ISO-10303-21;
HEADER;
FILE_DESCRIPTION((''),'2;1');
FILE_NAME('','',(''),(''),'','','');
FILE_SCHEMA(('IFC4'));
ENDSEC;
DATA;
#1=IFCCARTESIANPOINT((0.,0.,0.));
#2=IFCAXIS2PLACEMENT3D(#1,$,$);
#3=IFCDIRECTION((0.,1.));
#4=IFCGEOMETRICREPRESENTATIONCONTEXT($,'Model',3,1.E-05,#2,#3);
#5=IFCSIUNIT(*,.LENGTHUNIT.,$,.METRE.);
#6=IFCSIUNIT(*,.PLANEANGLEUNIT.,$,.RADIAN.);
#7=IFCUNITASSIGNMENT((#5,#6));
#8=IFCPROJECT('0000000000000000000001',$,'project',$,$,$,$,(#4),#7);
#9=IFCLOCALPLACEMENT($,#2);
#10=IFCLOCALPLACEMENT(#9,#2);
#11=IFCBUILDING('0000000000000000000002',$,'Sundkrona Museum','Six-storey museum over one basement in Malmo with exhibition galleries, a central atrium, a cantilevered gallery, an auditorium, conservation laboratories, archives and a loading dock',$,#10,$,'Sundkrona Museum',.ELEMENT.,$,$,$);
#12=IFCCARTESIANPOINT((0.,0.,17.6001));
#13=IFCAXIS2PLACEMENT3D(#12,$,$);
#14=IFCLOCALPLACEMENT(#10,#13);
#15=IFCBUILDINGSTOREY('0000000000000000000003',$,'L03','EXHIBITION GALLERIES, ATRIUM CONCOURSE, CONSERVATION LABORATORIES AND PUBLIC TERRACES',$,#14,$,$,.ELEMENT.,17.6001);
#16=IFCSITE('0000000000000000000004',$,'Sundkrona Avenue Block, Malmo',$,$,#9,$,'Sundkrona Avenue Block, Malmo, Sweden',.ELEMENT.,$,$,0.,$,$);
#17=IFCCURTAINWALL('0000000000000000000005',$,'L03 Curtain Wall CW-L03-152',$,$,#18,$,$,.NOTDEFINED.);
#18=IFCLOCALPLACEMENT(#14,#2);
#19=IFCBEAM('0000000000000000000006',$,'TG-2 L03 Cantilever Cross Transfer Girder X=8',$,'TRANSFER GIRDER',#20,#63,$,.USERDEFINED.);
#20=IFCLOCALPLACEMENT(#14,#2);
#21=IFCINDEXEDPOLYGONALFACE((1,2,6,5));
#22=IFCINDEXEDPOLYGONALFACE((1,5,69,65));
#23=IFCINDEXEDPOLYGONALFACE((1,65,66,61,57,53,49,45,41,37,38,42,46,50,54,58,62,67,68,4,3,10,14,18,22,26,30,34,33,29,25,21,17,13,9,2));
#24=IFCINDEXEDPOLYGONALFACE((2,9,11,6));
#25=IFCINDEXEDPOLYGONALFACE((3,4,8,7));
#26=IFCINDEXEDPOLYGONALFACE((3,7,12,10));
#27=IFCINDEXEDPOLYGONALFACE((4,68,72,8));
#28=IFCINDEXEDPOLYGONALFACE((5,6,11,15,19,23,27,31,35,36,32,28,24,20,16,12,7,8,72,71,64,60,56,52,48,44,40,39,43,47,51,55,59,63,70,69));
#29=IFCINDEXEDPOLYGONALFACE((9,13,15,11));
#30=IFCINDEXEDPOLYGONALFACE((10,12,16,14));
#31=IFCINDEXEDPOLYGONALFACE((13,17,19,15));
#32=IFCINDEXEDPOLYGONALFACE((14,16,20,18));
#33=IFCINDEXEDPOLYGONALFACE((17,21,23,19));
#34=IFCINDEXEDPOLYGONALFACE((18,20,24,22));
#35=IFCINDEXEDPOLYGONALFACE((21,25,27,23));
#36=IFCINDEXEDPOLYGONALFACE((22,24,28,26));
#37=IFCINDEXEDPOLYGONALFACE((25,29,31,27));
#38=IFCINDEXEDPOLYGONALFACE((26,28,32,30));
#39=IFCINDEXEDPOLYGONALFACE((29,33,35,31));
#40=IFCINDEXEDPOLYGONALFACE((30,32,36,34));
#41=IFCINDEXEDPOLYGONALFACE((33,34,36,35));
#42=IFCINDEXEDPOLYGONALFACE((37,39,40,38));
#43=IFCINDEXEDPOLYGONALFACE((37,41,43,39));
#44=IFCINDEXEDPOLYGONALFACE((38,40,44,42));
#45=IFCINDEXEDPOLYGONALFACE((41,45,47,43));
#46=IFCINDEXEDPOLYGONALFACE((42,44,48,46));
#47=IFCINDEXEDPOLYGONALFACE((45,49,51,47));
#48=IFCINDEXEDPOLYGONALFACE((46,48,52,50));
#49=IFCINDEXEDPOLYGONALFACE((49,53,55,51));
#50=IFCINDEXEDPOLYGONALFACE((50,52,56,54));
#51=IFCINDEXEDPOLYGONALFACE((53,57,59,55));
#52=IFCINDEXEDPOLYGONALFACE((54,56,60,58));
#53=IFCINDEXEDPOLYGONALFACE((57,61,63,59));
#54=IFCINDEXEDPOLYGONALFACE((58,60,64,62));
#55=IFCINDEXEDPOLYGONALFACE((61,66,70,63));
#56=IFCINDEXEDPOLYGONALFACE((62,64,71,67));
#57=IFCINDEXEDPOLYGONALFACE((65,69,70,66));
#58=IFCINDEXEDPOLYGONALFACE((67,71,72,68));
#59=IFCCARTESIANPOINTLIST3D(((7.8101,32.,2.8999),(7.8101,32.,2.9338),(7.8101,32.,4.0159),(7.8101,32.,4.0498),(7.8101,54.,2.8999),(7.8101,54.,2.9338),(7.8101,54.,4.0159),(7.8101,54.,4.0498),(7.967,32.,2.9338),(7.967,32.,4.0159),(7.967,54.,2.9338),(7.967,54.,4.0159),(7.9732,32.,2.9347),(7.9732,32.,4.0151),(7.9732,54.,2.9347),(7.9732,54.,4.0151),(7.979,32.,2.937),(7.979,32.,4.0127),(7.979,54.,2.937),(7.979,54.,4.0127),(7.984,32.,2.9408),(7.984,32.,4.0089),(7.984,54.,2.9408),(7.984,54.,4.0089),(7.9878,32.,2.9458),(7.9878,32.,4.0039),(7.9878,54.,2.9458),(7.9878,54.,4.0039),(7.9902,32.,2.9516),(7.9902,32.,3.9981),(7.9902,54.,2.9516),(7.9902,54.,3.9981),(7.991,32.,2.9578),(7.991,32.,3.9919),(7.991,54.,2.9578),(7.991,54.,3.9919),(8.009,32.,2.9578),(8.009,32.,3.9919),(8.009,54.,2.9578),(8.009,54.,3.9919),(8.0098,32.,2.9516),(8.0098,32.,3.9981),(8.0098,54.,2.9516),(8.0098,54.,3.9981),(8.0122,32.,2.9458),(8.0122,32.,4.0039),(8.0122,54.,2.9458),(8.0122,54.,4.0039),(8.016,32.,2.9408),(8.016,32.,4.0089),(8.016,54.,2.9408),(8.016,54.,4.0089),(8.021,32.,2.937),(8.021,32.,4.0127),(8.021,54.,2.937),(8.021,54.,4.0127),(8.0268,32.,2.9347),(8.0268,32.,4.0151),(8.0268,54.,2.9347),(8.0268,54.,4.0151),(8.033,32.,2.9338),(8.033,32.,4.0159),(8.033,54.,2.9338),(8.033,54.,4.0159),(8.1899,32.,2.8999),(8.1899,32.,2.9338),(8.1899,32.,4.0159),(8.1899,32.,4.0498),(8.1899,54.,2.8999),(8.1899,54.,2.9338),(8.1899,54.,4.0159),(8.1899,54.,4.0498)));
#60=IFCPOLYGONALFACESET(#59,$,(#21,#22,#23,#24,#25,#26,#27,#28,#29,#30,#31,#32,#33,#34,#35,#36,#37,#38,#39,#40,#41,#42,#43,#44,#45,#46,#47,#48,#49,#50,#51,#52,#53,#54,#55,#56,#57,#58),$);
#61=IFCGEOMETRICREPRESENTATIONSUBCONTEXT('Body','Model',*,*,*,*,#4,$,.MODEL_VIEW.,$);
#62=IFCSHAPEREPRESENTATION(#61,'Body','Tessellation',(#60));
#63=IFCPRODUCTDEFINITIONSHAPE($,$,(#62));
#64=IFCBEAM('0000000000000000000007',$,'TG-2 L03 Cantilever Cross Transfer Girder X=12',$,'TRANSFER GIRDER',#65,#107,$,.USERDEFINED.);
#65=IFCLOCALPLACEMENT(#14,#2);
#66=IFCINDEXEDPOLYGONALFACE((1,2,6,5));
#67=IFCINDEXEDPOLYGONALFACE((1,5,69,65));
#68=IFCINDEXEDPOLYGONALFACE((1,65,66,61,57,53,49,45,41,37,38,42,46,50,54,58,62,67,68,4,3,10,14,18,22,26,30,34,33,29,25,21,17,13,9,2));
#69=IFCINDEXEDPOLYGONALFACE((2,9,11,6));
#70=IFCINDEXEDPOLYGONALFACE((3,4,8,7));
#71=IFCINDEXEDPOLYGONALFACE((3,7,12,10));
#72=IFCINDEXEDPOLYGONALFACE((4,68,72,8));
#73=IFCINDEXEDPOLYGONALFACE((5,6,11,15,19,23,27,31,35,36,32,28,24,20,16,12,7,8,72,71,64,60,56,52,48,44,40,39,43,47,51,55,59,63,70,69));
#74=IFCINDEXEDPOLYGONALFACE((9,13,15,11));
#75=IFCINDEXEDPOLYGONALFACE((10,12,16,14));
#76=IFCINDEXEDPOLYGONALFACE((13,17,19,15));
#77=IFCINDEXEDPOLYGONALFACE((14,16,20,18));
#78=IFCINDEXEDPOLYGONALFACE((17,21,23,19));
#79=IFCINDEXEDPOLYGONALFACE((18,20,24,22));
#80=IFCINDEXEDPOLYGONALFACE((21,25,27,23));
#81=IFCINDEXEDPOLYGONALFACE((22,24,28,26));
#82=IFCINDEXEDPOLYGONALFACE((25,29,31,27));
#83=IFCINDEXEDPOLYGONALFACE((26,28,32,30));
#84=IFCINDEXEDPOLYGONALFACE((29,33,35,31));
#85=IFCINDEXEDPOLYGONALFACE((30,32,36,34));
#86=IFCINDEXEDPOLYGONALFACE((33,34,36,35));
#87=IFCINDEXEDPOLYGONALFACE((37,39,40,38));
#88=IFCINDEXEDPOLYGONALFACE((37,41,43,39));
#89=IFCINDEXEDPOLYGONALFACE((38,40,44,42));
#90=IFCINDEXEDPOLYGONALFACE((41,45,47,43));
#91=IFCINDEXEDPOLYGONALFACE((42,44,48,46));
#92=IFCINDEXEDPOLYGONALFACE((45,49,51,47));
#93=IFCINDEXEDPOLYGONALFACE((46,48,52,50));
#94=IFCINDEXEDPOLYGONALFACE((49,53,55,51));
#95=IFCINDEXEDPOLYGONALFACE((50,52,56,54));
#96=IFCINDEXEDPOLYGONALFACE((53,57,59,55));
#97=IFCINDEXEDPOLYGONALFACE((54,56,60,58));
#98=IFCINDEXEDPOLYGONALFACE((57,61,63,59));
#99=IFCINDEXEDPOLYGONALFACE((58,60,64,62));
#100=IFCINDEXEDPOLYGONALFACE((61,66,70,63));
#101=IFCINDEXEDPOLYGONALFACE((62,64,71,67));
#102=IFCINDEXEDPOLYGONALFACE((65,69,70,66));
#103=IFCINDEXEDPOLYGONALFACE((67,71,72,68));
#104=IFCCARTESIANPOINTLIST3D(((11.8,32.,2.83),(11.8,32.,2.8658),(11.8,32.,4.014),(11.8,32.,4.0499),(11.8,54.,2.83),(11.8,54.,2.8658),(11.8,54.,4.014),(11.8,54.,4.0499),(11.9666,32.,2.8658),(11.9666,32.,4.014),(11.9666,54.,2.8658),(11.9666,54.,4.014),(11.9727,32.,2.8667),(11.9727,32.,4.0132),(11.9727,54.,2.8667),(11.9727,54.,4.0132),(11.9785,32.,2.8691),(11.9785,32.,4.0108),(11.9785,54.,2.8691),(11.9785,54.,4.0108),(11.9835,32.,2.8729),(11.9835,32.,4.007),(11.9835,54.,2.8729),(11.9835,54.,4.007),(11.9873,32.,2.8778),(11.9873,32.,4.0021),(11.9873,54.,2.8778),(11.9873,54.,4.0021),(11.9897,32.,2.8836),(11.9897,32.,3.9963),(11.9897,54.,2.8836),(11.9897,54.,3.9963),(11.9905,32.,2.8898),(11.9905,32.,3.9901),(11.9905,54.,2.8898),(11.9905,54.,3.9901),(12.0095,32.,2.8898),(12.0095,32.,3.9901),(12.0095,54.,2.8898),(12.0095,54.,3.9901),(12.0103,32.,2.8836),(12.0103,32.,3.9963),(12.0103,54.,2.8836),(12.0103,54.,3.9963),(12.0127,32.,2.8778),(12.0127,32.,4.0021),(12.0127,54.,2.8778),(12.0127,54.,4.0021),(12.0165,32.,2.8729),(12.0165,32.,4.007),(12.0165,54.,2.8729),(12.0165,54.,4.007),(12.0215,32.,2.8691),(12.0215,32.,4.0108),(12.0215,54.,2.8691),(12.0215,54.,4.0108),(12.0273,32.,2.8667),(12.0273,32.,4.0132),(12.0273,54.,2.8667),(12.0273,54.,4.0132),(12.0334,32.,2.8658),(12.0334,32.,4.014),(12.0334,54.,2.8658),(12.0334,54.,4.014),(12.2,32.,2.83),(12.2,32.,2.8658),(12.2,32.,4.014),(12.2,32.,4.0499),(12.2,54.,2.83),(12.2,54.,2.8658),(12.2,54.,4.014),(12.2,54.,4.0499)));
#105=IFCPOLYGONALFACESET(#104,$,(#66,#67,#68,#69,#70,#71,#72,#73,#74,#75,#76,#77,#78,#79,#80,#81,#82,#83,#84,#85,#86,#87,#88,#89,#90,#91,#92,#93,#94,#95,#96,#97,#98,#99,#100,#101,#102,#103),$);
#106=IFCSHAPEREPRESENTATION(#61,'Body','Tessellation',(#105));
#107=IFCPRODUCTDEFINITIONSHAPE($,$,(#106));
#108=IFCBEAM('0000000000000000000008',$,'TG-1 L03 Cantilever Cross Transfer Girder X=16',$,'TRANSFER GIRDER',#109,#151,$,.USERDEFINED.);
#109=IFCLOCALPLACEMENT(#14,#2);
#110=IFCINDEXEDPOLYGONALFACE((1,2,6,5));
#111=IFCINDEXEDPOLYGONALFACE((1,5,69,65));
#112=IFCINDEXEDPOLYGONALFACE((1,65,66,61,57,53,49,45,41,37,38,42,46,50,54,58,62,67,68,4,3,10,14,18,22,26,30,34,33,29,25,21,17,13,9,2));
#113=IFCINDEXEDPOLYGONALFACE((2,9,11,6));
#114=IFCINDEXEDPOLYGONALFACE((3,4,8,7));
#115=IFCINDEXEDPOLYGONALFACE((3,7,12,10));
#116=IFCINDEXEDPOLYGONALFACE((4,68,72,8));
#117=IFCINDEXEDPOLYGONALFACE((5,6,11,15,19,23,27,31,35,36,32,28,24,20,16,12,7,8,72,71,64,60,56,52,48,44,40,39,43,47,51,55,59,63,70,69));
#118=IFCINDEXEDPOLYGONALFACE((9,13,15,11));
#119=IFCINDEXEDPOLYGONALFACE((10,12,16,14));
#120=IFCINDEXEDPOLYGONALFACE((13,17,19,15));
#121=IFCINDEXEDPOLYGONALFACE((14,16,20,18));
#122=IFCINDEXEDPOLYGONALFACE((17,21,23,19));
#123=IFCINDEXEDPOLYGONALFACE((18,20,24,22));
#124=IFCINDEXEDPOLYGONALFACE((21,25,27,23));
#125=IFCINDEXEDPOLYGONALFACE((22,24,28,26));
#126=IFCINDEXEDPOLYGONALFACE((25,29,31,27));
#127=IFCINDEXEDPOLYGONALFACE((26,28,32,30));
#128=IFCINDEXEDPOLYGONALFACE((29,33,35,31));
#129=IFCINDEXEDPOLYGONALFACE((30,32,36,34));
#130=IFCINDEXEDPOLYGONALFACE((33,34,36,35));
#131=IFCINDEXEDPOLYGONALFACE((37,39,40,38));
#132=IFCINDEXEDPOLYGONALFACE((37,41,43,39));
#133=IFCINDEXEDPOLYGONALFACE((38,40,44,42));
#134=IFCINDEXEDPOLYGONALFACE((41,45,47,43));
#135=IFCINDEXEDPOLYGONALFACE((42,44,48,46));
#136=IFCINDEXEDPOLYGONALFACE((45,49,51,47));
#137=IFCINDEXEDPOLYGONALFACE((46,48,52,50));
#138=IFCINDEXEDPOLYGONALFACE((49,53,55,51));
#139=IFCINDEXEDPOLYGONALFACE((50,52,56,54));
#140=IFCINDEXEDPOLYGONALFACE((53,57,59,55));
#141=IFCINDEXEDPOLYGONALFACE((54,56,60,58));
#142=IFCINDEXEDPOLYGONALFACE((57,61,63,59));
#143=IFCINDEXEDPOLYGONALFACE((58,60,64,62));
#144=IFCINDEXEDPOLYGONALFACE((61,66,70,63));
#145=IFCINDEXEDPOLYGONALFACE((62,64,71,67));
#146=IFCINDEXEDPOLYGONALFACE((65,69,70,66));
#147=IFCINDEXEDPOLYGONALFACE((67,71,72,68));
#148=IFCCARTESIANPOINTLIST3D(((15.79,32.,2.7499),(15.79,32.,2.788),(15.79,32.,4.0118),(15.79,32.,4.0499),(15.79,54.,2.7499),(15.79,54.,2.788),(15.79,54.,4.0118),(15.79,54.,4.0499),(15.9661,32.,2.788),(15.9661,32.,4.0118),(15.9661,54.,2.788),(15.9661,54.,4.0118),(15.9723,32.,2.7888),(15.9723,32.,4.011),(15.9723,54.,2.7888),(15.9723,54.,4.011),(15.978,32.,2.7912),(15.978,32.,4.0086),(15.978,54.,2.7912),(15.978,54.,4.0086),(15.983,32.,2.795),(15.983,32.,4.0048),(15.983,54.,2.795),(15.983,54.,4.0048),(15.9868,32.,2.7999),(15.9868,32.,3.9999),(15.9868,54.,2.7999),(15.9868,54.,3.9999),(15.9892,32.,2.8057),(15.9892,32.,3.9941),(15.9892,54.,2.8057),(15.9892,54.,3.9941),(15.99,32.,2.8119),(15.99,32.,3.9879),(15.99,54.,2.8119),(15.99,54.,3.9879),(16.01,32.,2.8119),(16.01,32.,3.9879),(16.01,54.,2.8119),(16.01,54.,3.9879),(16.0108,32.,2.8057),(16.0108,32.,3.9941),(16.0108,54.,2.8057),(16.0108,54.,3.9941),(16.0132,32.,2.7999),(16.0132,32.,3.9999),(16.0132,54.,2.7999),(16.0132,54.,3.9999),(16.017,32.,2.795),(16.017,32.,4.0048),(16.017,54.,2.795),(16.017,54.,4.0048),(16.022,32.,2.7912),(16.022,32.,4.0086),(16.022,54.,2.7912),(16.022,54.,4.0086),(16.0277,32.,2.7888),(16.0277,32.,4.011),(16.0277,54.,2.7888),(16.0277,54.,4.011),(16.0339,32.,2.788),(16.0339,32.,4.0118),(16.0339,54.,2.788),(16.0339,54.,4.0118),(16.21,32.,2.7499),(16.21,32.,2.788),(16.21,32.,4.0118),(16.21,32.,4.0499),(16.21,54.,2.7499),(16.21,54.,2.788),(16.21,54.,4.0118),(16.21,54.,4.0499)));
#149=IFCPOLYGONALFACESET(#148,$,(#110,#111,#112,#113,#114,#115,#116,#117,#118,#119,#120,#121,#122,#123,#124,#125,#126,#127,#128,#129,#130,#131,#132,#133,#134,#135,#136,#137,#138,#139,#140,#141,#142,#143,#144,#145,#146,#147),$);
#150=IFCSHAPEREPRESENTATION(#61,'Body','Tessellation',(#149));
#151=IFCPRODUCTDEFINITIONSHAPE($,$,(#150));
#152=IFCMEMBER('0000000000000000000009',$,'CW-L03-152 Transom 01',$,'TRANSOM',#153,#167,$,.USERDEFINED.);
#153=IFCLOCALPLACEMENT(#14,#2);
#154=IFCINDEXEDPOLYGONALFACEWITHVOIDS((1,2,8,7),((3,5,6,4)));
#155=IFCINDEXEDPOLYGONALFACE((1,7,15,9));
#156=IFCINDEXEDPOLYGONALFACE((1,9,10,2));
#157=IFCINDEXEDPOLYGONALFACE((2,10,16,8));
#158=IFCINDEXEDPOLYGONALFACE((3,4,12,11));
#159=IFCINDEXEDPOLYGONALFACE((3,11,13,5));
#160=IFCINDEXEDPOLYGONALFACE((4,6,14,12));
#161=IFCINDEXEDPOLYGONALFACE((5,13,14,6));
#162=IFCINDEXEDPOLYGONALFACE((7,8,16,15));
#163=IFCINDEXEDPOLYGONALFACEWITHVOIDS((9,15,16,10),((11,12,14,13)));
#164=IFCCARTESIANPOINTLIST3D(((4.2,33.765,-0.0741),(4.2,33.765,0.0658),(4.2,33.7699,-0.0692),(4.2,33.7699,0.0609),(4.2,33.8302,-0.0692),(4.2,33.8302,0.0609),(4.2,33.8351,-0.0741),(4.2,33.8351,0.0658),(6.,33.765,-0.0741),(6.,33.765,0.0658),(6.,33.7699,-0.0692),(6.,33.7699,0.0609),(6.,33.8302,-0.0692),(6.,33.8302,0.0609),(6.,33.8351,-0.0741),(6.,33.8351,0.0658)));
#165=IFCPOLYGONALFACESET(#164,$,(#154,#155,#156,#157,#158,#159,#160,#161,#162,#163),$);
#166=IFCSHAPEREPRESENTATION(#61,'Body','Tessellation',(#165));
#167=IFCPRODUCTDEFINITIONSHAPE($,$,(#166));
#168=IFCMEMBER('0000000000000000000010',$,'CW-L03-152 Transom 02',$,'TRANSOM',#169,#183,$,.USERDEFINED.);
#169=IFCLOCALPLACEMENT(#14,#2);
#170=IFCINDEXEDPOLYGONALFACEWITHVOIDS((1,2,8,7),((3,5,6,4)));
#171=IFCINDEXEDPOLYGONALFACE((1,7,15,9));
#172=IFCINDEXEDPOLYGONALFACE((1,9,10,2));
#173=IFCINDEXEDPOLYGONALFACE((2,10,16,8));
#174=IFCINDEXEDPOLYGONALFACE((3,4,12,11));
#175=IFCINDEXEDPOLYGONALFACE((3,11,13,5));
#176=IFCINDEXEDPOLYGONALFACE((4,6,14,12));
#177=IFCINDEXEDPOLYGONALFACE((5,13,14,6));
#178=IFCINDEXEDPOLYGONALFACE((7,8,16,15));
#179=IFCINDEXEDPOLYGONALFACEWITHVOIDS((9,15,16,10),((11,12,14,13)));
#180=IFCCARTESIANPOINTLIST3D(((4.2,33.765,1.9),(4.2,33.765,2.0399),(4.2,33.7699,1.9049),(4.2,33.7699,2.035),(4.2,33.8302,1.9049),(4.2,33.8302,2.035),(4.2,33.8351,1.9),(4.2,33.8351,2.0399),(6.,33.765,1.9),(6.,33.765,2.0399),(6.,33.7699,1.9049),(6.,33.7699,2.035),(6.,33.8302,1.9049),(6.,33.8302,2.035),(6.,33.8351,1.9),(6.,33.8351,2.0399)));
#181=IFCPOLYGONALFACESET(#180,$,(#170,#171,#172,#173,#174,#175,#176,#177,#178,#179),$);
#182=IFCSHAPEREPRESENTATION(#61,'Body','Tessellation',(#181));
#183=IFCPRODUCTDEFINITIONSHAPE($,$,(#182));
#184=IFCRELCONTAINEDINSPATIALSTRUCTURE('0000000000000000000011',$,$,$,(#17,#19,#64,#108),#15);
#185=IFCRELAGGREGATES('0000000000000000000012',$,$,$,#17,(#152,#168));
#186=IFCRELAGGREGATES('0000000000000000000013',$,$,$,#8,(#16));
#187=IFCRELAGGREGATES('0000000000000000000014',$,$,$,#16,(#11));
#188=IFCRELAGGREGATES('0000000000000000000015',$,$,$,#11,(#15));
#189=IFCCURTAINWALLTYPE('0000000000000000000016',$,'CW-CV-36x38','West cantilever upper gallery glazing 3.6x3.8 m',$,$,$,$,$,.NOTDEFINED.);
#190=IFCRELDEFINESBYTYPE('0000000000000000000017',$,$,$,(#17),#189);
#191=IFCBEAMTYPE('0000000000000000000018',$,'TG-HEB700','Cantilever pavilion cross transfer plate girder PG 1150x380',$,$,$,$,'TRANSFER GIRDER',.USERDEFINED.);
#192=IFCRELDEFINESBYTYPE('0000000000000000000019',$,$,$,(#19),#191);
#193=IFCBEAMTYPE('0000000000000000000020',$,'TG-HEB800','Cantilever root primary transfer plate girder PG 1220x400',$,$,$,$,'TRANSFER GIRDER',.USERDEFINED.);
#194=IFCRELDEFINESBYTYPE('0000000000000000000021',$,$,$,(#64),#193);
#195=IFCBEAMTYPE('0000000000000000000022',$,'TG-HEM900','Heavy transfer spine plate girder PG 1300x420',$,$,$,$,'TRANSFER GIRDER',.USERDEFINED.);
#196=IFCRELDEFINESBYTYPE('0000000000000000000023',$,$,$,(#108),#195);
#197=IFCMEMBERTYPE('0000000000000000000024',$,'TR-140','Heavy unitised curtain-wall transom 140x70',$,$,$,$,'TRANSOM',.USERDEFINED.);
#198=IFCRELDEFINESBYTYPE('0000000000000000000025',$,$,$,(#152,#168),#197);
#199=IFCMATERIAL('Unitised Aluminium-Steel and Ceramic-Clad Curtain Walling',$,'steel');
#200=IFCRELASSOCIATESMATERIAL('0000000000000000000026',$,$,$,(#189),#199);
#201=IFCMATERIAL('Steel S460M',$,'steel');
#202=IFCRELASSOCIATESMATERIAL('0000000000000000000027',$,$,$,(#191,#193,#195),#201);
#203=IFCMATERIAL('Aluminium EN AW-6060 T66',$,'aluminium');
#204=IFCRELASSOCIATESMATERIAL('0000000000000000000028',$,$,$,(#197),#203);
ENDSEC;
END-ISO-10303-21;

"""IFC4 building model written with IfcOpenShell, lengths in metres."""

from ifc_helpers import new_model, si_unit, direction, frame, origin, origin_2d, place, context, subcontext, project, spatial, hollow_rectangle, i_section, extrude, material, material_profile, profile_set, type_object, element, aggregate, save


model = new_model("IFC4")

# Units and contexts
model_context = context("Model", 3, precision=1e-05, world=origin(), true_north=direction((0.0, 1.0)))
body_context = subcontext(model_context, "Body", "Model", "MODEL_VIEW")
ifc_project = project(units=[si_unit("LENGTHUNIT", "METRE"), si_unit("PLANEANGLEUNIT", "RADIAN")], contexts=[model_context])

# Site, building, storey
site_placement = place(None, origin())
site = spatial("IfcSite", under=ifc_project, at=site_placement, Name="Sundkrona Avenue Block, Malmo", LongName="Sundkrona Avenue Block, Malmo, Sweden", CompositionType="ELEMENT", RefElevation=0.0)
building_placement = place(site_placement, origin())
building = spatial("IfcBuilding", under=site, at=building_placement, Name="Sundkrona Museum", Description="Six-storey museum over one basement in Malmo with exhibition galleries, a central atrium, a cantilevered gallery, an auditorium, conservation laboratories, archives and a loading dock", LongName="Sundkrona Museum", CompositionType="ELEMENT")
storey_placement = place(building_placement, frame((0.0, 0.0, 17.6001)))
storey = spatial("IfcBuildingStorey", under=building, at=storey_placement, Name="L03", Description="EXHIBITION GALLERIES, ATRIUM CONCOURSE, CONSERVATION LABORATORIES AND PUBLIC TERRACES", CompositionType="ELEMENT", Elevation=17.6001)

# Shared definitions
ifc_material_1 = material(Name="Steel S460M", Category="steel")

# Curtain wall
ifc_material_2 = material(Name="Unitised Aluminium-Steel and Ceramic-Clad Curtain Walling", Category="steel")
curtain_wall_type = type_object("IfcCurtainWallType", Name="CW-CV-36x38", Description="West cantilever upper gallery glazing 3.6x3.8 m", PredefinedType="NOTDEFINED", material=ifc_material_2)
curtain_wall_1_placement = place(storey_placement, origin())
curtain_wall_1 = element("IfcCurtainWall", 1, at=curtain_wall_1_placement, inside=storey, type_object=curtain_wall_type, Name="L03 Curtain Wall CW-L03-152", PredefinedType="NOTDEFINED")
ifc_material_3 = material(Name="Aluminium EN AW-6060 T66", Category="aluminium")

# Beams
ifc_material_profile_1 = material_profile(ifc_material_1, i_section(OverallWidth=0.3799, OverallDepth=1.1499, WebThickness=0.0181, FlangeThickness=0.0339, FilletRadius=0.0239, at=origin_2d()), Name="PG 1150x380")
ifc_profile_set_1 = profile_set([ifc_material_profile_1], Name="Steel S460M")
beam_type_1 = type_object("IfcBeamType", Name="TG-HEB700", Description="Cantilever pavilion cross transfer plate girder PG 1150x380", ElementType="TRANSFER GIRDER", PredefinedType="USERDEFINED", material=ifc_profile_set_1)
beam_1_placement = place(storey_placement, frame((8.0, 32.0, 3.4749), z_axis=(0.0, 1.0, 0.0), x_axis=(-1.0, 0.0, 0.0)))
element("IfcBeam", 2, at=beam_1_placement, inside=storey, type_object=beam_type_1, Name="TG-2 L03 Cantilever Cross Transfer Girder X=8", ObjectType="TRANSFER GIRDER", PredefinedType="USERDEFINED", context=body_context, shape_type="SweptSolid", body=[
    extrude(i_section(OverallWidth=0.3799, OverallDepth=1.1499, WebThickness=0.0181, FlangeThickness=0.0339, FilletRadius=0.0239, at=origin_2d()), origin(), (0.0, 0.0, 1.0), 22.0),
])
ifc_material_profile_2 = material_profile(ifc_material_1, i_section(OverallWidth=0.3999, OverallDepth=1.22, WebThickness=0.019, FlangeThickness=0.0359, FilletRadius=0.0239, at=origin_2d()), Name="PG 1220x400")
ifc_profile_set_2 = profile_set([ifc_material_profile_2], Name="Steel S460M")
beam_type_2 = type_object("IfcBeamType", Name="TG-HEB800", Description="Cantilever root primary transfer plate girder PG 1220x400", ElementType="TRANSFER GIRDER", PredefinedType="USERDEFINED", material=ifc_profile_set_2)
beam_2_placement = place(storey_placement, frame((12.0, 32.0, 3.4399), z_axis=(0.0, 1.0, 0.0), x_axis=(-1.0, 0.0, 0.0)))
element("IfcBeam", 3, at=beam_2_placement, inside=storey, type_object=beam_type_2, Name="TG-2 L03 Cantilever Cross Transfer Girder X=12", ObjectType="TRANSFER GIRDER", PredefinedType="USERDEFINED", context=body_context, shape_type="SweptSolid", body=[
    extrude(i_section(OverallWidth=0.3999, OverallDepth=1.22, WebThickness=0.019, FlangeThickness=0.0359, FilletRadius=0.0239, at=origin_2d()), origin(), (0.0, 0.0, 1.0), 22.0),
])
ifc_material_profile_3 = material_profile(ifc_material_1, i_section(OverallWidth=0.4199, OverallDepth=1.3, WebThickness=0.02, FlangeThickness=0.0381, FilletRadius=0.0239, at=origin_2d()), Name="PG 1300x420")
ifc_profile_set_3 = profile_set([ifc_material_profile_3], Name="Steel S460M")
beam_type_3 = type_object("IfcBeamType", Name="TG-HEM900", Description="Heavy transfer spine plate girder PG 1300x420", ElementType="TRANSFER GIRDER", PredefinedType="USERDEFINED", material=ifc_profile_set_3)
beam_3_placement = place(storey_placement, frame((16.0, 32.0, 3.3999), z_axis=(0.0, 1.0, 0.0), x_axis=(-1.0, 0.0, 0.0)))
element("IfcBeam", 4, at=beam_3_placement, inside=storey, type_object=beam_type_3, Name="TG-1 L03 Cantilever Cross Transfer Girder X=16", ObjectType="TRANSFER GIRDER", PredefinedType="USERDEFINED", context=body_context, shape_type="SweptSolid", body=[
    extrude(i_section(OverallWidth=0.4199, OverallDepth=1.3, WebThickness=0.02, FlangeThickness=0.0381, FilletRadius=0.0239, at=origin_2d()), origin(), (0.0, 0.0, 1.0), 22.0),
])

# Members
ifc_material_profile_4 = material_profile(ifc_material_3, hollow_rectangle(XDim=0.0701, YDim=0.1399, WallThickness=0.0049, at=origin_2d()), Name="RHS 140x70x5.0")
ifc_profile_set_4 = profile_set([ifc_material_profile_4], Name="Aluminium EN AW-6060 T66")
member_type_1 = type_object("IfcMemberType", Name="TR-140", Description="Heavy unitised curtain-wall transom 140x70", ElementType="TRANSOM", PredefinedType="USERDEFINED", material=ifc_profile_set_4)
member_1_placement = place(storey_placement, frame((4.2, 33.8, -0.0042), z_axis=(1.0, 0.0, 0.0), x_axis=(0.0, 1.0, 0.0)))
member_1 = element("IfcMember", 5, at=member_1_placement, type_object=member_type_1, Name="CW-L03-152 Transom 01", ObjectType="TRANSOM", PredefinedType="USERDEFINED", context=body_context, shape_type="SweptSolid", body=[
    extrude(hollow_rectangle(XDim=0.0701, YDim=0.1399, WallThickness=0.0049, at=origin_2d()), origin(), (0.0, 0.0, 1.0), 1.8),
])
member_2_placement = place(storey_placement, frame((4.2, 33.8, 1.97), z_axis=(1.0, 0.0, 0.0), x_axis=(0.0, 1.0, 0.0)))
member_2 = element("IfcMember", 6, at=member_2_placement, type_object=member_type_1, Name="CW-L03-152 Transom 02", ObjectType="TRANSOM", PredefinedType="USERDEFINED", context=body_context, shape_type="SweptSolid", body=[
    extrude(hollow_rectangle(XDim=0.0701, YDim=0.1399, WallThickness=0.0049, at=origin_2d()), origin(), (0.0, 0.0, 1.0), 1.8),
])

aggregate(curtain_wall_1, [member_1, member_2])

save(model, "model.ifc")
